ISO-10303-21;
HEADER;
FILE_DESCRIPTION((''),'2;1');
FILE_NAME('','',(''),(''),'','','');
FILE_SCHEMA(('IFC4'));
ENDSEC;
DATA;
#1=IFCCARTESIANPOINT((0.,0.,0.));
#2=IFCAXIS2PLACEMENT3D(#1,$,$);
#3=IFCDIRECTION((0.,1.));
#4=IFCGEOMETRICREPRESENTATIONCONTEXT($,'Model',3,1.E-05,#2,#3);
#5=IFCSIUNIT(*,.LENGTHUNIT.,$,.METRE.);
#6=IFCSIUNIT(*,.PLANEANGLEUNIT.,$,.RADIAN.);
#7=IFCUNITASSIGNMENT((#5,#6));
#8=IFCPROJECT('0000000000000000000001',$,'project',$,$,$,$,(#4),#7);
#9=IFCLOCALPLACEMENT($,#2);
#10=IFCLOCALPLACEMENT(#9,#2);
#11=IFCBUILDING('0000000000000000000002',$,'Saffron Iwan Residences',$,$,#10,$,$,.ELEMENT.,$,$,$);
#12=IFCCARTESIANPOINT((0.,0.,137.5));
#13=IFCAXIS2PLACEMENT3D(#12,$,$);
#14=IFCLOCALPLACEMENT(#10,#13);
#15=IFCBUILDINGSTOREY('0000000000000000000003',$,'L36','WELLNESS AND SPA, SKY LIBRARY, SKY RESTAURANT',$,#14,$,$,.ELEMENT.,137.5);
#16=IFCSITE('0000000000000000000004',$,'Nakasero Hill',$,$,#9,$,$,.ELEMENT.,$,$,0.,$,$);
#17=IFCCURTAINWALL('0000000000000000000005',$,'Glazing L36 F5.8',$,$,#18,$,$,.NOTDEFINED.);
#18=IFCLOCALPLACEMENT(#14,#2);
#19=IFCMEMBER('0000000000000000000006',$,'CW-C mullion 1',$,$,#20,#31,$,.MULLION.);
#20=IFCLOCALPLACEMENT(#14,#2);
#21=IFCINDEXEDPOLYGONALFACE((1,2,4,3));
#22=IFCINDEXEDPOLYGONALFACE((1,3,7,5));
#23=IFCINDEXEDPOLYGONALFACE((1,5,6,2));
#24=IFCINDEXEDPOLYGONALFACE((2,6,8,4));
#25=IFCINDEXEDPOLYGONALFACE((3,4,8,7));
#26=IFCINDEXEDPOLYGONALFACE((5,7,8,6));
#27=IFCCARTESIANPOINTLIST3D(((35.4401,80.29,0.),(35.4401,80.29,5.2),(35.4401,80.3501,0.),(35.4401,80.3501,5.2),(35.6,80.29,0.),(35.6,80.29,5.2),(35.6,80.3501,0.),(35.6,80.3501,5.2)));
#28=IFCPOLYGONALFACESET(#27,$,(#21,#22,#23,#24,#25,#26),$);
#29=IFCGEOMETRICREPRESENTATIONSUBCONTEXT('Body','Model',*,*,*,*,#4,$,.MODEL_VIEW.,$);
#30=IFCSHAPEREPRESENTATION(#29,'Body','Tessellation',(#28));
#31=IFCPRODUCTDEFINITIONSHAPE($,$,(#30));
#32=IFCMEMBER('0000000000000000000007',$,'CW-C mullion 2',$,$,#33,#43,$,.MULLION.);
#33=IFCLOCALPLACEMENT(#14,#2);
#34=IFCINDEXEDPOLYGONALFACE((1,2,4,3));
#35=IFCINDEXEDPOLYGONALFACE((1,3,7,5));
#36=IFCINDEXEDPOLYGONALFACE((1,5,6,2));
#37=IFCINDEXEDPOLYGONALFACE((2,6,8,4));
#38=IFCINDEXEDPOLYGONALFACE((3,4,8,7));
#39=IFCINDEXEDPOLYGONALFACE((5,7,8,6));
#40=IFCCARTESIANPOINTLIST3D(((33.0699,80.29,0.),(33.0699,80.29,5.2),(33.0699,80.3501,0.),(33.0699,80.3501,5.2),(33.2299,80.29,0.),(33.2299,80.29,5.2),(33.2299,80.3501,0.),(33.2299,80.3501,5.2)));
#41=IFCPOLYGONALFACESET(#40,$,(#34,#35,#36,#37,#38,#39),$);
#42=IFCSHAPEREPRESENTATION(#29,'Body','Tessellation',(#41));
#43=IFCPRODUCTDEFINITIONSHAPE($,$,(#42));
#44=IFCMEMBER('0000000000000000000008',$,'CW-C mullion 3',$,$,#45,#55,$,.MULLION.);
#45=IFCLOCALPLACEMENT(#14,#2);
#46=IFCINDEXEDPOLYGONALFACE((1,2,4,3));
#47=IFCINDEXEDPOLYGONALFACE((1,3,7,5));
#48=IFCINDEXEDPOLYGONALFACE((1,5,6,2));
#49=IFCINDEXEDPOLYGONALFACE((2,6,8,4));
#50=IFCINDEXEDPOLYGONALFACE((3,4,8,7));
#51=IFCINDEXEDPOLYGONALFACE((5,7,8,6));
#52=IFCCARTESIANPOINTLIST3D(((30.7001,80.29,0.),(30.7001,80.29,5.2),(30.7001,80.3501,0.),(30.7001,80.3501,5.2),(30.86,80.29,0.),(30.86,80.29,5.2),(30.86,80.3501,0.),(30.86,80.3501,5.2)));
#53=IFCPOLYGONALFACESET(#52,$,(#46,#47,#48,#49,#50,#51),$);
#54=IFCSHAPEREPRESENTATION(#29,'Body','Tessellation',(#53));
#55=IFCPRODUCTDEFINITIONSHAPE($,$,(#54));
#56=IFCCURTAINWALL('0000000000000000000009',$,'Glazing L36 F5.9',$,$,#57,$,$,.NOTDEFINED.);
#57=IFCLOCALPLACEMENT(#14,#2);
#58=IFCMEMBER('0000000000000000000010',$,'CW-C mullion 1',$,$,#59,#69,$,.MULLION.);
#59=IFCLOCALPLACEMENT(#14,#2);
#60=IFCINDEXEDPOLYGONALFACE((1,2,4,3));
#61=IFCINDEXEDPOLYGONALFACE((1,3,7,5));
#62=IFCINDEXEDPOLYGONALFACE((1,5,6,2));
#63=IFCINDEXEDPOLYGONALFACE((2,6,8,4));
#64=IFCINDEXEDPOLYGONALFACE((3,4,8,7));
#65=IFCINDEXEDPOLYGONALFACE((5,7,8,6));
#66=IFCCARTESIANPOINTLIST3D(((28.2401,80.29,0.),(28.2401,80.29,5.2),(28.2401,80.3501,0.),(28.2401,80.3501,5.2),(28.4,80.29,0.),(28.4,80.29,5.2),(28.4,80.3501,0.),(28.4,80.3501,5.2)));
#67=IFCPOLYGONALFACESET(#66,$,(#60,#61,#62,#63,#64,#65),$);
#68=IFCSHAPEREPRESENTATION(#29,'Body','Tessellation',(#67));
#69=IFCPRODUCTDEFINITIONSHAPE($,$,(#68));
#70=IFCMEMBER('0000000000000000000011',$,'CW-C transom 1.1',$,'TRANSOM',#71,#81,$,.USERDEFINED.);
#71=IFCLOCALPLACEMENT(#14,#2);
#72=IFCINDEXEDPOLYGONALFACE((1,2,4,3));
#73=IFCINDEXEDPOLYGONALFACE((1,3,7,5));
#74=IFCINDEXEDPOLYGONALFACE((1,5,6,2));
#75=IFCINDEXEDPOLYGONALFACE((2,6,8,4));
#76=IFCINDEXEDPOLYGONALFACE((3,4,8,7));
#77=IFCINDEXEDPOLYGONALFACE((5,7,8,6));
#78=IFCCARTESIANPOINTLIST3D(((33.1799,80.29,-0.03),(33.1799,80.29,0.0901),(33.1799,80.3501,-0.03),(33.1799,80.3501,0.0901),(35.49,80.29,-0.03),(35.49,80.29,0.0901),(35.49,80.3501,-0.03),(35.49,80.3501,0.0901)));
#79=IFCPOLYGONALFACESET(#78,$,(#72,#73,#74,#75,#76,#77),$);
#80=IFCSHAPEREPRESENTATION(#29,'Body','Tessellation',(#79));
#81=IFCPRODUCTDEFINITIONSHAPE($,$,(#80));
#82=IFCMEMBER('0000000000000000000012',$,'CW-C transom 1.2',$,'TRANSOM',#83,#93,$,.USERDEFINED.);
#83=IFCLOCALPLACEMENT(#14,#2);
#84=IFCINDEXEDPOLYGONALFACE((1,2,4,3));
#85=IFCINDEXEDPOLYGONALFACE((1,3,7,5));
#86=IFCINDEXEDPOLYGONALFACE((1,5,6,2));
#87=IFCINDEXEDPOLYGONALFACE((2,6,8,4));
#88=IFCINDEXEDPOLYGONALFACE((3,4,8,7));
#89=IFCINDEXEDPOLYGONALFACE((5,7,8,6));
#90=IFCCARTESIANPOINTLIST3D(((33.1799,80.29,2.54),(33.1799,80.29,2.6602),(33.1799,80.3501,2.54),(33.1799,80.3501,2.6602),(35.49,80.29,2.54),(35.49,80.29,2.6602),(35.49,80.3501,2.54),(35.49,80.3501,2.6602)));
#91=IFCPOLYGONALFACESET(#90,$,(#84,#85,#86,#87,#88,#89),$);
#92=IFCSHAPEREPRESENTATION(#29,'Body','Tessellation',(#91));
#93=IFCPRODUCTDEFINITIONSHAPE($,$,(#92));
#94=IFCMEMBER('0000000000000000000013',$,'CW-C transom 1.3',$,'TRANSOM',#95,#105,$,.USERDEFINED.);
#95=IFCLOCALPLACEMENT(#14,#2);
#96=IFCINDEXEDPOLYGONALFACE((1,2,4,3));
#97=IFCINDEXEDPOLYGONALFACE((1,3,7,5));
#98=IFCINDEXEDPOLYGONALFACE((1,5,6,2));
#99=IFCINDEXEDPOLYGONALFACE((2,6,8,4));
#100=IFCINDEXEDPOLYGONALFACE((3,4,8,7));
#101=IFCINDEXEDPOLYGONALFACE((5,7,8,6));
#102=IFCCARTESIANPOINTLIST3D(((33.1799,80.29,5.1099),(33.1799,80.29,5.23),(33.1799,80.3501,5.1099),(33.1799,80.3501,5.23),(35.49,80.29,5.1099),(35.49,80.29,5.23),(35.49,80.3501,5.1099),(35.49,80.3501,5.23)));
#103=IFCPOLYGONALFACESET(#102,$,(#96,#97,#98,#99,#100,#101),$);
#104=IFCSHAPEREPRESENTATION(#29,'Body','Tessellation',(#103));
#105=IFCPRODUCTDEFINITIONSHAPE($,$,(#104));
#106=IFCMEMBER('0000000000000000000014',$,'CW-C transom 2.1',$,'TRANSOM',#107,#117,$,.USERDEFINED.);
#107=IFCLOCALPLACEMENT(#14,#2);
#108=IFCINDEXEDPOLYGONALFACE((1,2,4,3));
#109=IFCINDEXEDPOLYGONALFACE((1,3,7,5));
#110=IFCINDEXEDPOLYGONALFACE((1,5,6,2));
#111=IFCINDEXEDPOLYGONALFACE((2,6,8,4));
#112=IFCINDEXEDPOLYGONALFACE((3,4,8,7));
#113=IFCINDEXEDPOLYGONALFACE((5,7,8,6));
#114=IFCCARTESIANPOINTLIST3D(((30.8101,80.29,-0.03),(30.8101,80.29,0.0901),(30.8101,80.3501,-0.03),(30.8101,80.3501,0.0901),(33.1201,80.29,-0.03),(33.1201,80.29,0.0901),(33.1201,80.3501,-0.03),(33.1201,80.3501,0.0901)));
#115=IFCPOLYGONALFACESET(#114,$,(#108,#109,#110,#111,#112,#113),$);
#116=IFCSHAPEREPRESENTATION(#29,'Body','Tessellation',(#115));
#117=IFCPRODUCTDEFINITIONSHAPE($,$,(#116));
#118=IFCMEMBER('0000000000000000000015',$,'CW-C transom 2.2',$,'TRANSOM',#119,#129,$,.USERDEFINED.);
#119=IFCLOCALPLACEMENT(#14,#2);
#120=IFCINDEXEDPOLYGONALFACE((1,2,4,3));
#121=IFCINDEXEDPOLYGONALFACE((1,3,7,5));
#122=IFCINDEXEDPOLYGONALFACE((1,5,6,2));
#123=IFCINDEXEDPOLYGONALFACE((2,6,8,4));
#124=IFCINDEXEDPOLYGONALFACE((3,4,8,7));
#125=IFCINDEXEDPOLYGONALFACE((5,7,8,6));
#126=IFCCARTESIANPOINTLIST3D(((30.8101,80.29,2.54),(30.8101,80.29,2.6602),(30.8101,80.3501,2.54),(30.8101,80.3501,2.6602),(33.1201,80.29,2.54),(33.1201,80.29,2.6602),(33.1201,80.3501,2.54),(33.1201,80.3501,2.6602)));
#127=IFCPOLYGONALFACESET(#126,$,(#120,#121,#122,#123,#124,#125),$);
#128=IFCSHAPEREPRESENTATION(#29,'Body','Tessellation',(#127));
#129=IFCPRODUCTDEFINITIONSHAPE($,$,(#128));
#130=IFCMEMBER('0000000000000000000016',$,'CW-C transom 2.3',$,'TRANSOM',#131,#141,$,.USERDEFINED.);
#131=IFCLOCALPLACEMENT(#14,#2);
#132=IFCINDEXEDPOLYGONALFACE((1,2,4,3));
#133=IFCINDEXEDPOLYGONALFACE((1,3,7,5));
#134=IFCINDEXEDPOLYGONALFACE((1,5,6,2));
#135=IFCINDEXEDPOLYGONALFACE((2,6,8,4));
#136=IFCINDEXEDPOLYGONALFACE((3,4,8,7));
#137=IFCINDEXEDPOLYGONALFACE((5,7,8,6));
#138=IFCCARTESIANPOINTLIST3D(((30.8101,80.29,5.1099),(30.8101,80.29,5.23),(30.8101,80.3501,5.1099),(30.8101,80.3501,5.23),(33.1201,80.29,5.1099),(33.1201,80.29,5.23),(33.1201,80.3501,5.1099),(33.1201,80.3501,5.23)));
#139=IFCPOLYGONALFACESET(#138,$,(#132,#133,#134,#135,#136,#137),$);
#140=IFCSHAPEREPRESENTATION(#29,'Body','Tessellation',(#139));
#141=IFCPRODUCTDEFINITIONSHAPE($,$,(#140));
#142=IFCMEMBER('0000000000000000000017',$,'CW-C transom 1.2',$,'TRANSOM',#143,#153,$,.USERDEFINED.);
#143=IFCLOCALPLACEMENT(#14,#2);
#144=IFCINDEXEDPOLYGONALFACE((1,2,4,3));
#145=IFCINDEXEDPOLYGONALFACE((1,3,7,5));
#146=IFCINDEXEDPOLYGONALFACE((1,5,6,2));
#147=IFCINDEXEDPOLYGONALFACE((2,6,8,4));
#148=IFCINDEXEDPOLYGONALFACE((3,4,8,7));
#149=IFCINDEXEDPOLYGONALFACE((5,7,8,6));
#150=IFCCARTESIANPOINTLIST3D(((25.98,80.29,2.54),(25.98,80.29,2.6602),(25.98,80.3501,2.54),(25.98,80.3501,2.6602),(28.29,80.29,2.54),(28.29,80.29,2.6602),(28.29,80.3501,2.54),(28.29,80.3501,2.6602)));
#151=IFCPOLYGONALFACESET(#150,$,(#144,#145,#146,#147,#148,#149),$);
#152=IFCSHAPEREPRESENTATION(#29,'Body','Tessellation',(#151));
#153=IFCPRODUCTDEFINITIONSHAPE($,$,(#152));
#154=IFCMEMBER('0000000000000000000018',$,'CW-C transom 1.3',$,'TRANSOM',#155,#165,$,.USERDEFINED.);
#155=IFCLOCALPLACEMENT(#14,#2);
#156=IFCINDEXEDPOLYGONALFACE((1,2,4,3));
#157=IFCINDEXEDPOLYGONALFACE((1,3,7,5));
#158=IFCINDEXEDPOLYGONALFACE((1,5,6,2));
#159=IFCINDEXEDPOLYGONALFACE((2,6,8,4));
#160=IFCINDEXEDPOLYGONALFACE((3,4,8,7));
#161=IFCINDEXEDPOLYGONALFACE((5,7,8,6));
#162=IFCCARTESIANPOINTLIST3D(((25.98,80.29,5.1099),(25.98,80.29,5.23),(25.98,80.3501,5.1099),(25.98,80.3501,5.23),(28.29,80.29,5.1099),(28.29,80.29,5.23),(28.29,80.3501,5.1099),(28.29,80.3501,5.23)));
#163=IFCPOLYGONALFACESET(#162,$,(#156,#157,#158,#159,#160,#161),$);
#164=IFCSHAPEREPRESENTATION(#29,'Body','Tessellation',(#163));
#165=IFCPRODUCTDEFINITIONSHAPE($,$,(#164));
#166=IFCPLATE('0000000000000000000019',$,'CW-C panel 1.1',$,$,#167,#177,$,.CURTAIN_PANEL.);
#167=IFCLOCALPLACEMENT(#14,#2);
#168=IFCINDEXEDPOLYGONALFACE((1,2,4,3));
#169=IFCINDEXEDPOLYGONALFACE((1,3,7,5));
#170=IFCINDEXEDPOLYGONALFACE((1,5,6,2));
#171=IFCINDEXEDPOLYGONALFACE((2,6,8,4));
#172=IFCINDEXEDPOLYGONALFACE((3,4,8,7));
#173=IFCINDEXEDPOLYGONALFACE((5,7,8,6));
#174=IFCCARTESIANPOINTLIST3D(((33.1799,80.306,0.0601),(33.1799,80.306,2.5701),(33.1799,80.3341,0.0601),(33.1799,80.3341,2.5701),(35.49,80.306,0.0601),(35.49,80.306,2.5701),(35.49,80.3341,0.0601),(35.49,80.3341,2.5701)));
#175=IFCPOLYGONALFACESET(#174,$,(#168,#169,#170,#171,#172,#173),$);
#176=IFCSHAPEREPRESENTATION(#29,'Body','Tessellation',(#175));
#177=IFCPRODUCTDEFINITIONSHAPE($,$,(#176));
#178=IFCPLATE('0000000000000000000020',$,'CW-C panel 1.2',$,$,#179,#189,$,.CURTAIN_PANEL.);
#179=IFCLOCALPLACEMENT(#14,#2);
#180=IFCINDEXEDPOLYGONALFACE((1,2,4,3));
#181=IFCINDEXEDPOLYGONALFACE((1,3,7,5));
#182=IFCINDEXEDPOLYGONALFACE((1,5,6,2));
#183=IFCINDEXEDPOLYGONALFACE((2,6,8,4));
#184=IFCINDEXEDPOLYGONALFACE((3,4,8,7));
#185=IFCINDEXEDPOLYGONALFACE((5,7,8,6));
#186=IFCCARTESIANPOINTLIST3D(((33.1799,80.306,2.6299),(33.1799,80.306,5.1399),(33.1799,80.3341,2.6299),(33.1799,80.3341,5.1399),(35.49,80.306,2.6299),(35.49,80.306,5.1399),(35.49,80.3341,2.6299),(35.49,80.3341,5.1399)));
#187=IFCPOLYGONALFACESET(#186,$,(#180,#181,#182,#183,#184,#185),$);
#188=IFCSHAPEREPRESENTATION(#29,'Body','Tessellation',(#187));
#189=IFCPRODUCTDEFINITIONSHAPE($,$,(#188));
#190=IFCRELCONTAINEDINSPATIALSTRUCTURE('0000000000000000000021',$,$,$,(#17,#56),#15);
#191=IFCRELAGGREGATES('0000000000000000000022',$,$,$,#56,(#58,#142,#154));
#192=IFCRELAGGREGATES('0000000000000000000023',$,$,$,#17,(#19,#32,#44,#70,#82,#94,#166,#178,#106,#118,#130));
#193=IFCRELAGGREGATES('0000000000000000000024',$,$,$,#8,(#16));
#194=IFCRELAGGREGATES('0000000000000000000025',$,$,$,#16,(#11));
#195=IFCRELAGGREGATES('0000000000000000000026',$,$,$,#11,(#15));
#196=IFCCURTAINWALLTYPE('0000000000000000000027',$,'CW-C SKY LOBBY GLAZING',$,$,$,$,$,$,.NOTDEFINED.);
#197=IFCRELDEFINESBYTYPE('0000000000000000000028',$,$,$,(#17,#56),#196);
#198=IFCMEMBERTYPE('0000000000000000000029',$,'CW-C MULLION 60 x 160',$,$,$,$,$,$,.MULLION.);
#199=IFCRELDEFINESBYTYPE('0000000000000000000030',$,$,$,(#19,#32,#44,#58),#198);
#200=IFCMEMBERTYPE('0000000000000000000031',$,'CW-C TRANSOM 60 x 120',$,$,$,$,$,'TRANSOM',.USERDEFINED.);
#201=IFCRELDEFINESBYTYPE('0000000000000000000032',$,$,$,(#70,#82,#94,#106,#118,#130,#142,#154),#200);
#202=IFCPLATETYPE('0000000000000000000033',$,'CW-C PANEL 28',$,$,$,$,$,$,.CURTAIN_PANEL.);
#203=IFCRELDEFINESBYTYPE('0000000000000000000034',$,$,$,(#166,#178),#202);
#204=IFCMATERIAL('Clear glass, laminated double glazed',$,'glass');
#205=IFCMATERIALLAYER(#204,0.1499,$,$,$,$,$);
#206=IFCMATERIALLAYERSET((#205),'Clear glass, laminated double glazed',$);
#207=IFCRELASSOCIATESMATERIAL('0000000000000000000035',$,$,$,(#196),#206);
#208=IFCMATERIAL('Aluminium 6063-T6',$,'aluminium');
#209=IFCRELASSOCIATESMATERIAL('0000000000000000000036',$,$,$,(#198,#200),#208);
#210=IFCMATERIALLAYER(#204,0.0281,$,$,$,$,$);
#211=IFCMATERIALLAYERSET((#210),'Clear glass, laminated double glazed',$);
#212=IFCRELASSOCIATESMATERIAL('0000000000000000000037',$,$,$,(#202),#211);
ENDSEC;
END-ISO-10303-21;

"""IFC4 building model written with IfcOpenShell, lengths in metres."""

from ifc_helpers import new_model, si_unit, direction, frame, origin, origin_2d, place, context, subcontext, project, spatial, rectangle, extrude, source, transform, mapped, material, layer, layer_set, material_profile, profile_set, type_object, element, aggregate, save


model = new_model("IFC4")

# Units and contexts
model_context = context("Model", 3, precision=1e-05, world=origin(), true_north=direction((0.0, 1.0)))
body_context = subcontext(model_context, "Body", "Model", "MODEL_VIEW")
ifc_project = project(units=[si_unit("LENGTHUNIT", "METRE"), si_unit("PLANEANGLEUNIT", "RADIAN")], contexts=[model_context])

# Site, building, storey
site_placement = place(None, origin())
site = spatial("IfcSite", under=ifc_project, at=site_placement, Name="Nakasero Hill", CompositionType="ELEMENT", RefElevation=0.0)
building_placement = place(site_placement, origin())
building = spatial("IfcBuilding", under=site, at=building_placement, Name="Saffron Iwan Residences", CompositionType="ELEMENT")
storey_placement = place(building_placement, frame((0.0, 0.0, 137.5)))
storey = spatial("IfcBuildingStorey", under=building, at=storey_placement, Name="L36", Description="WELLNESS AND SPA, SKY LIBRARY, SKY RESTAURANT", CompositionType="ELEMENT", Elevation=137.5)

# Curtain wall, members
ifc_material_1 = material(Name="Clear glass, laminated double glazed", Category="glass")
ifc_layer_1 = layer(ifc_material_1, 0.1499)
ifc_layer_set_1 = layer_set([ifc_layer_1], Name="Clear glass, laminated double glazed")
curtain_wall_type = type_object("IfcCurtainWallType", Name="CW-C SKY LOBBY GLAZING", PredefinedType="NOTDEFINED", material=ifc_layer_set_1)
curtain_wall_1_placement = place(storey_placement, origin())
curtain_wall_1 = element("IfcCurtainWall", 1, at=curtain_wall_1_placement, inside=storey, type_object=curtain_wall_type, Name="Glazing L36 F5.8", PredefinedType="NOTDEFINED")
ifc_material_2 = material(Name="Aluminium 6063-T6", Category="aluminium")
ifc_material_profile_1 = material_profile(ifc_material_2, rectangle(XDim=0.0601, YDim=0.1599, at=origin_2d()), Name="CW-C MULLION 60 x 160")
ifc_profile_set_1 = profile_set([ifc_material_profile_1], Name="Aluminium 6063-T6")
member_type_1 = type_object("IfcMemberType", Name="CW-C MULLION 60 x 160", PredefinedType="MULLION", material=ifc_profile_set_1)
shared_shape_1 = source(origin(), body_context, "Body", "SweptSolid", [
    extrude(rectangle(XDim=0.0601, YDim=0.1599, at=origin_2d()), origin(), (0.0, 0.0, 1.0), 5.2),
])
member_1_placement = place(storey_placement, frame((35.52, 80.3201, 0.0), z_axis=(0.0, 0.0, 1.0), x_axis=(0.0, -1.0, 0.0)))
member_1 = element("IfcMember", 2, at=member_1_placement, type_object=member_type_1, Name="CW-C mullion 1", PredefinedType="MULLION", context=body_context, shape_type="MappedRepresentation", body=[
    mapped(shared_shape_1, transform((0.0, 0.0, 0.0))),
])
member_2_placement = place(storey_placement, frame((33.1499, 80.3201, 0.0), z_axis=(0.0, 0.0, 1.0), x_axis=(0.0, -1.0, 0.0)))
member_2 = element("IfcMember", 3, at=member_2_placement, type_object=member_type_1, Name="CW-C mullion 2", PredefinedType="MULLION", context=body_context, shape_type="MappedRepresentation", body=[
    mapped(shared_shape_1, transform((0.0, 0.0, 0.0))),
])
member_3_placement = place(storey_placement, frame((30.78, 80.3201, 0.0), z_axis=(0.0, 0.0, 1.0), x_axis=(0.0, -1.0, 0.0)))
member_3 = element("IfcMember", 4, at=member_3_placement, type_object=member_type_1, Name="CW-C mullion 3", PredefinedType="MULLION", context=body_context, shape_type="MappedRepresentation", body=[
    mapped(shared_shape_1, transform((0.0, 0.0, 0.0))),
])

# Curtain wall, member
curtain_wall_2_placement = place(storey_placement, origin())
curtain_wall_2 = element("IfcCurtainWall", 5, at=curtain_wall_2_placement, inside=storey, type_object=curtain_wall_type, Name="Glazing L36 F5.9", PredefinedType="NOTDEFINED")
member_4_placement = place(storey_placement, frame((28.3201, 80.3201, 0.0), z_axis=(0.0, 0.0, 1.0), x_axis=(0.0, -1.0, 0.0)))
member_4 = element("IfcMember", 6, at=member_4_placement, type_object=member_type_1, Name="CW-C mullion 1", PredefinedType="MULLION", context=body_context, shape_type="MappedRepresentation", body=[
    mapped(shared_shape_1, transform((0.0, 0.0, 0.0))),
])

# Members
ifc_material_profile_2 = material_profile(ifc_material_2, rectangle(XDim=0.0601, YDim=0.1201, at=origin_2d()), Name="CW-C TRANSOM 60 x 120")
ifc_profile_set_2 = profile_set([ifc_material_profile_2], Name="Aluminium 6063-T6")
member_type_2 = type_object("IfcMemberType", Name="CW-C TRANSOM 60 x 120", ElementType="TRANSOM", PredefinedType="USERDEFINED", material=ifc_profile_set_2)
shared_shape_2 = source(origin(), body_context, "Body", "SweptSolid", [
    extrude(rectangle(XDim=0.0601, YDim=0.1201, at=origin_2d()), origin(), (0.0, 0.0, 1.0), 2.3101),
])
member_5_placement = place(storey_placement, frame((35.49, 80.3201, 0.03), z_axis=(-1.0, 0.0, 0.0), x_axis=(0.0, -1.0, 0.0)))
member_5 = element("IfcMember", 7, at=member_5_placement, type_object=member_type_2, Name="CW-C transom 1.1", ObjectType="TRANSOM", PredefinedType="USERDEFINED", context=body_context, shape_type="MappedRepresentation", body=[
    mapped(shared_shape_2, transform((0.0, 0.0, 0.0))),
])
member_6_placement = place(storey_placement, frame((35.49, 80.3201, 2.6001), z_axis=(-1.0, 0.0, 0.0), x_axis=(0.0, -1.0, 0.0)))
member_6 = element("IfcMember", 8, at=member_6_placement, type_object=member_type_2, Name="CW-C transom 1.2", ObjectType="TRANSOM", PredefinedType="USERDEFINED", context=body_context, shape_type="MappedRepresentation", body=[
    mapped(shared_shape_2, transform((0.0, 0.0, 0.0))),
])
member_7_placement = place(storey_placement, frame((35.49, 80.3201, 5.1699), z_axis=(-1.0, 0.0, 0.0), x_axis=(0.0, -1.0, 0.0)))
member_7 = element("IfcMember", 9, at=member_7_placement, type_object=member_type_2, Name="CW-C transom 1.3", ObjectType="TRANSOM", PredefinedType="USERDEFINED", context=body_context, shape_type="MappedRepresentation", body=[
    mapped(shared_shape_2, transform((0.0, 0.0, 0.0))),
])
member_8_placement = place(storey_placement, frame((33.1201, 80.3201, 0.03), z_axis=(-1.0, 0.0, 0.0), x_axis=(0.0, -1.0, 0.0)))
member_8 = element("IfcMember", 10, at=member_8_placement, type_object=member_type_2, Name="CW-C transom 2.1", ObjectType="TRANSOM", PredefinedType="USERDEFINED", context=body_context, shape_type="MappedRepresentation", body=[
    mapped(shared_shape_2, transform((0.0, 0.0, 0.0))),
])
member_9_placement = place(storey_placement, frame((33.1201, 80.3201, 2.6001), z_axis=(-1.0, 0.0, 0.0), x_axis=(0.0, -1.0, 0.0)))
member_9 = element("IfcMember", 11, at=member_9_placement, type_object=member_type_2, Name="CW-C transom 2.2", ObjectType="TRANSOM", PredefinedType="USERDEFINED", context=body_context, shape_type="MappedRepresentation", body=[
    mapped(shared_shape_2, transform((0.0, 0.0, 0.0))),
])
member_10_placement = place(storey_placement, frame((33.1201, 80.3201, 5.1699), z_axis=(-1.0, 0.0, 0.0), x_axis=(0.0, -1.0, 0.0)))
member_10 = element("IfcMember", 12, at=member_10_placement, type_object=member_type_2, Name="CW-C transom 2.3", ObjectType="TRANSOM", PredefinedType="USERDEFINED", context=body_context, shape_type="MappedRepresentation", body=[
    mapped(shared_shape_2, transform((0.0, 0.0, 0.0))),
])
member_11_placement = place(storey_placement, frame((28.29, 80.3201, 2.6001), z_axis=(-1.0, 0.0, 0.0), x_axis=(0.0, -1.0, 0.0)))
member_11 = element("IfcMember", 13, at=member_11_placement, type_object=member_type_2, Name="CW-C transom 1.2", ObjectType="TRANSOM", PredefinedType="USERDEFINED", context=body_context, shape_type="MappedRepresentation", body=[
    mapped(shared_shape_2, transform((0.0, 0.0, 0.0))),
])
member_12_placement = place(storey_placement, frame((28.29, 80.3201, 5.1699), z_axis=(-1.0, 0.0, 0.0), x_axis=(0.0, -1.0, 0.0)))
member_12 = element("IfcMember", 14, at=member_12_placement, type_object=member_type_2, Name="CW-C transom 1.3", ObjectType="TRANSOM", PredefinedType="USERDEFINED", context=body_context, shape_type="MappedRepresentation", body=[
    mapped(shared_shape_2, transform((0.0, 0.0, 0.0))),
])
aggregate(curtain_wall_2, [member_4, member_11, member_12])

# Plates
ifc_layer_2 = layer(ifc_material_1, 0.0281)
ifc_layer_set_2 = layer_set([ifc_layer_2], Name="Clear glass, laminated double glazed")
plate_type = type_object("IfcPlateType", Name="CW-C PANEL 28", PredefinedType="CURTAIN_PANEL", material=ifc_layer_set_2)
shared_shape_3 = source(origin(), body_context, "Body", "SweptSolid", [
    extrude(rectangle(XDim=2.3101, YDim=0.0281, at=origin_2d()), origin(), (0.0, 0.0, 1.0), 2.51),
])
plate_1_placement = place(storey_placement, frame((34.335, 80.3201, 0.0601), z_axis=(0.0, 0.0, 1.0), x_axis=(-1.0, 0.0, 0.0)))
plate_1 = element("IfcPlate", 15, at=plate_1_placement, type_object=plate_type, Name="CW-C panel 1.1", PredefinedType="CURTAIN_PANEL", context=body_context, shape_type="MappedRepresentation", body=[
    mapped(shared_shape_3, transform((0.0, 0.0, 0.0))),
])
plate_2_placement = place(storey_placement, frame((34.335, 80.3201, 2.6299), z_axis=(0.0, 0.0, 1.0), x_axis=(-1.0, 0.0, 0.0)))
plate_2 = element("IfcPlate", 16, at=plate_2_placement, type_object=plate_type, Name="CW-C panel 1.2", PredefinedType="CURTAIN_PANEL", context=body_context, shape_type="MappedRepresentation", body=[
    mapped(shared_shape_3, transform((0.0, 0.0, 0.0))),
])
aggregate(curtain_wall_1, [member_1, member_2, member_3, member_5, member_6, member_7, plate_1, plate_2, member_8, member_9, member_10])

save(model, "model.ifc")
